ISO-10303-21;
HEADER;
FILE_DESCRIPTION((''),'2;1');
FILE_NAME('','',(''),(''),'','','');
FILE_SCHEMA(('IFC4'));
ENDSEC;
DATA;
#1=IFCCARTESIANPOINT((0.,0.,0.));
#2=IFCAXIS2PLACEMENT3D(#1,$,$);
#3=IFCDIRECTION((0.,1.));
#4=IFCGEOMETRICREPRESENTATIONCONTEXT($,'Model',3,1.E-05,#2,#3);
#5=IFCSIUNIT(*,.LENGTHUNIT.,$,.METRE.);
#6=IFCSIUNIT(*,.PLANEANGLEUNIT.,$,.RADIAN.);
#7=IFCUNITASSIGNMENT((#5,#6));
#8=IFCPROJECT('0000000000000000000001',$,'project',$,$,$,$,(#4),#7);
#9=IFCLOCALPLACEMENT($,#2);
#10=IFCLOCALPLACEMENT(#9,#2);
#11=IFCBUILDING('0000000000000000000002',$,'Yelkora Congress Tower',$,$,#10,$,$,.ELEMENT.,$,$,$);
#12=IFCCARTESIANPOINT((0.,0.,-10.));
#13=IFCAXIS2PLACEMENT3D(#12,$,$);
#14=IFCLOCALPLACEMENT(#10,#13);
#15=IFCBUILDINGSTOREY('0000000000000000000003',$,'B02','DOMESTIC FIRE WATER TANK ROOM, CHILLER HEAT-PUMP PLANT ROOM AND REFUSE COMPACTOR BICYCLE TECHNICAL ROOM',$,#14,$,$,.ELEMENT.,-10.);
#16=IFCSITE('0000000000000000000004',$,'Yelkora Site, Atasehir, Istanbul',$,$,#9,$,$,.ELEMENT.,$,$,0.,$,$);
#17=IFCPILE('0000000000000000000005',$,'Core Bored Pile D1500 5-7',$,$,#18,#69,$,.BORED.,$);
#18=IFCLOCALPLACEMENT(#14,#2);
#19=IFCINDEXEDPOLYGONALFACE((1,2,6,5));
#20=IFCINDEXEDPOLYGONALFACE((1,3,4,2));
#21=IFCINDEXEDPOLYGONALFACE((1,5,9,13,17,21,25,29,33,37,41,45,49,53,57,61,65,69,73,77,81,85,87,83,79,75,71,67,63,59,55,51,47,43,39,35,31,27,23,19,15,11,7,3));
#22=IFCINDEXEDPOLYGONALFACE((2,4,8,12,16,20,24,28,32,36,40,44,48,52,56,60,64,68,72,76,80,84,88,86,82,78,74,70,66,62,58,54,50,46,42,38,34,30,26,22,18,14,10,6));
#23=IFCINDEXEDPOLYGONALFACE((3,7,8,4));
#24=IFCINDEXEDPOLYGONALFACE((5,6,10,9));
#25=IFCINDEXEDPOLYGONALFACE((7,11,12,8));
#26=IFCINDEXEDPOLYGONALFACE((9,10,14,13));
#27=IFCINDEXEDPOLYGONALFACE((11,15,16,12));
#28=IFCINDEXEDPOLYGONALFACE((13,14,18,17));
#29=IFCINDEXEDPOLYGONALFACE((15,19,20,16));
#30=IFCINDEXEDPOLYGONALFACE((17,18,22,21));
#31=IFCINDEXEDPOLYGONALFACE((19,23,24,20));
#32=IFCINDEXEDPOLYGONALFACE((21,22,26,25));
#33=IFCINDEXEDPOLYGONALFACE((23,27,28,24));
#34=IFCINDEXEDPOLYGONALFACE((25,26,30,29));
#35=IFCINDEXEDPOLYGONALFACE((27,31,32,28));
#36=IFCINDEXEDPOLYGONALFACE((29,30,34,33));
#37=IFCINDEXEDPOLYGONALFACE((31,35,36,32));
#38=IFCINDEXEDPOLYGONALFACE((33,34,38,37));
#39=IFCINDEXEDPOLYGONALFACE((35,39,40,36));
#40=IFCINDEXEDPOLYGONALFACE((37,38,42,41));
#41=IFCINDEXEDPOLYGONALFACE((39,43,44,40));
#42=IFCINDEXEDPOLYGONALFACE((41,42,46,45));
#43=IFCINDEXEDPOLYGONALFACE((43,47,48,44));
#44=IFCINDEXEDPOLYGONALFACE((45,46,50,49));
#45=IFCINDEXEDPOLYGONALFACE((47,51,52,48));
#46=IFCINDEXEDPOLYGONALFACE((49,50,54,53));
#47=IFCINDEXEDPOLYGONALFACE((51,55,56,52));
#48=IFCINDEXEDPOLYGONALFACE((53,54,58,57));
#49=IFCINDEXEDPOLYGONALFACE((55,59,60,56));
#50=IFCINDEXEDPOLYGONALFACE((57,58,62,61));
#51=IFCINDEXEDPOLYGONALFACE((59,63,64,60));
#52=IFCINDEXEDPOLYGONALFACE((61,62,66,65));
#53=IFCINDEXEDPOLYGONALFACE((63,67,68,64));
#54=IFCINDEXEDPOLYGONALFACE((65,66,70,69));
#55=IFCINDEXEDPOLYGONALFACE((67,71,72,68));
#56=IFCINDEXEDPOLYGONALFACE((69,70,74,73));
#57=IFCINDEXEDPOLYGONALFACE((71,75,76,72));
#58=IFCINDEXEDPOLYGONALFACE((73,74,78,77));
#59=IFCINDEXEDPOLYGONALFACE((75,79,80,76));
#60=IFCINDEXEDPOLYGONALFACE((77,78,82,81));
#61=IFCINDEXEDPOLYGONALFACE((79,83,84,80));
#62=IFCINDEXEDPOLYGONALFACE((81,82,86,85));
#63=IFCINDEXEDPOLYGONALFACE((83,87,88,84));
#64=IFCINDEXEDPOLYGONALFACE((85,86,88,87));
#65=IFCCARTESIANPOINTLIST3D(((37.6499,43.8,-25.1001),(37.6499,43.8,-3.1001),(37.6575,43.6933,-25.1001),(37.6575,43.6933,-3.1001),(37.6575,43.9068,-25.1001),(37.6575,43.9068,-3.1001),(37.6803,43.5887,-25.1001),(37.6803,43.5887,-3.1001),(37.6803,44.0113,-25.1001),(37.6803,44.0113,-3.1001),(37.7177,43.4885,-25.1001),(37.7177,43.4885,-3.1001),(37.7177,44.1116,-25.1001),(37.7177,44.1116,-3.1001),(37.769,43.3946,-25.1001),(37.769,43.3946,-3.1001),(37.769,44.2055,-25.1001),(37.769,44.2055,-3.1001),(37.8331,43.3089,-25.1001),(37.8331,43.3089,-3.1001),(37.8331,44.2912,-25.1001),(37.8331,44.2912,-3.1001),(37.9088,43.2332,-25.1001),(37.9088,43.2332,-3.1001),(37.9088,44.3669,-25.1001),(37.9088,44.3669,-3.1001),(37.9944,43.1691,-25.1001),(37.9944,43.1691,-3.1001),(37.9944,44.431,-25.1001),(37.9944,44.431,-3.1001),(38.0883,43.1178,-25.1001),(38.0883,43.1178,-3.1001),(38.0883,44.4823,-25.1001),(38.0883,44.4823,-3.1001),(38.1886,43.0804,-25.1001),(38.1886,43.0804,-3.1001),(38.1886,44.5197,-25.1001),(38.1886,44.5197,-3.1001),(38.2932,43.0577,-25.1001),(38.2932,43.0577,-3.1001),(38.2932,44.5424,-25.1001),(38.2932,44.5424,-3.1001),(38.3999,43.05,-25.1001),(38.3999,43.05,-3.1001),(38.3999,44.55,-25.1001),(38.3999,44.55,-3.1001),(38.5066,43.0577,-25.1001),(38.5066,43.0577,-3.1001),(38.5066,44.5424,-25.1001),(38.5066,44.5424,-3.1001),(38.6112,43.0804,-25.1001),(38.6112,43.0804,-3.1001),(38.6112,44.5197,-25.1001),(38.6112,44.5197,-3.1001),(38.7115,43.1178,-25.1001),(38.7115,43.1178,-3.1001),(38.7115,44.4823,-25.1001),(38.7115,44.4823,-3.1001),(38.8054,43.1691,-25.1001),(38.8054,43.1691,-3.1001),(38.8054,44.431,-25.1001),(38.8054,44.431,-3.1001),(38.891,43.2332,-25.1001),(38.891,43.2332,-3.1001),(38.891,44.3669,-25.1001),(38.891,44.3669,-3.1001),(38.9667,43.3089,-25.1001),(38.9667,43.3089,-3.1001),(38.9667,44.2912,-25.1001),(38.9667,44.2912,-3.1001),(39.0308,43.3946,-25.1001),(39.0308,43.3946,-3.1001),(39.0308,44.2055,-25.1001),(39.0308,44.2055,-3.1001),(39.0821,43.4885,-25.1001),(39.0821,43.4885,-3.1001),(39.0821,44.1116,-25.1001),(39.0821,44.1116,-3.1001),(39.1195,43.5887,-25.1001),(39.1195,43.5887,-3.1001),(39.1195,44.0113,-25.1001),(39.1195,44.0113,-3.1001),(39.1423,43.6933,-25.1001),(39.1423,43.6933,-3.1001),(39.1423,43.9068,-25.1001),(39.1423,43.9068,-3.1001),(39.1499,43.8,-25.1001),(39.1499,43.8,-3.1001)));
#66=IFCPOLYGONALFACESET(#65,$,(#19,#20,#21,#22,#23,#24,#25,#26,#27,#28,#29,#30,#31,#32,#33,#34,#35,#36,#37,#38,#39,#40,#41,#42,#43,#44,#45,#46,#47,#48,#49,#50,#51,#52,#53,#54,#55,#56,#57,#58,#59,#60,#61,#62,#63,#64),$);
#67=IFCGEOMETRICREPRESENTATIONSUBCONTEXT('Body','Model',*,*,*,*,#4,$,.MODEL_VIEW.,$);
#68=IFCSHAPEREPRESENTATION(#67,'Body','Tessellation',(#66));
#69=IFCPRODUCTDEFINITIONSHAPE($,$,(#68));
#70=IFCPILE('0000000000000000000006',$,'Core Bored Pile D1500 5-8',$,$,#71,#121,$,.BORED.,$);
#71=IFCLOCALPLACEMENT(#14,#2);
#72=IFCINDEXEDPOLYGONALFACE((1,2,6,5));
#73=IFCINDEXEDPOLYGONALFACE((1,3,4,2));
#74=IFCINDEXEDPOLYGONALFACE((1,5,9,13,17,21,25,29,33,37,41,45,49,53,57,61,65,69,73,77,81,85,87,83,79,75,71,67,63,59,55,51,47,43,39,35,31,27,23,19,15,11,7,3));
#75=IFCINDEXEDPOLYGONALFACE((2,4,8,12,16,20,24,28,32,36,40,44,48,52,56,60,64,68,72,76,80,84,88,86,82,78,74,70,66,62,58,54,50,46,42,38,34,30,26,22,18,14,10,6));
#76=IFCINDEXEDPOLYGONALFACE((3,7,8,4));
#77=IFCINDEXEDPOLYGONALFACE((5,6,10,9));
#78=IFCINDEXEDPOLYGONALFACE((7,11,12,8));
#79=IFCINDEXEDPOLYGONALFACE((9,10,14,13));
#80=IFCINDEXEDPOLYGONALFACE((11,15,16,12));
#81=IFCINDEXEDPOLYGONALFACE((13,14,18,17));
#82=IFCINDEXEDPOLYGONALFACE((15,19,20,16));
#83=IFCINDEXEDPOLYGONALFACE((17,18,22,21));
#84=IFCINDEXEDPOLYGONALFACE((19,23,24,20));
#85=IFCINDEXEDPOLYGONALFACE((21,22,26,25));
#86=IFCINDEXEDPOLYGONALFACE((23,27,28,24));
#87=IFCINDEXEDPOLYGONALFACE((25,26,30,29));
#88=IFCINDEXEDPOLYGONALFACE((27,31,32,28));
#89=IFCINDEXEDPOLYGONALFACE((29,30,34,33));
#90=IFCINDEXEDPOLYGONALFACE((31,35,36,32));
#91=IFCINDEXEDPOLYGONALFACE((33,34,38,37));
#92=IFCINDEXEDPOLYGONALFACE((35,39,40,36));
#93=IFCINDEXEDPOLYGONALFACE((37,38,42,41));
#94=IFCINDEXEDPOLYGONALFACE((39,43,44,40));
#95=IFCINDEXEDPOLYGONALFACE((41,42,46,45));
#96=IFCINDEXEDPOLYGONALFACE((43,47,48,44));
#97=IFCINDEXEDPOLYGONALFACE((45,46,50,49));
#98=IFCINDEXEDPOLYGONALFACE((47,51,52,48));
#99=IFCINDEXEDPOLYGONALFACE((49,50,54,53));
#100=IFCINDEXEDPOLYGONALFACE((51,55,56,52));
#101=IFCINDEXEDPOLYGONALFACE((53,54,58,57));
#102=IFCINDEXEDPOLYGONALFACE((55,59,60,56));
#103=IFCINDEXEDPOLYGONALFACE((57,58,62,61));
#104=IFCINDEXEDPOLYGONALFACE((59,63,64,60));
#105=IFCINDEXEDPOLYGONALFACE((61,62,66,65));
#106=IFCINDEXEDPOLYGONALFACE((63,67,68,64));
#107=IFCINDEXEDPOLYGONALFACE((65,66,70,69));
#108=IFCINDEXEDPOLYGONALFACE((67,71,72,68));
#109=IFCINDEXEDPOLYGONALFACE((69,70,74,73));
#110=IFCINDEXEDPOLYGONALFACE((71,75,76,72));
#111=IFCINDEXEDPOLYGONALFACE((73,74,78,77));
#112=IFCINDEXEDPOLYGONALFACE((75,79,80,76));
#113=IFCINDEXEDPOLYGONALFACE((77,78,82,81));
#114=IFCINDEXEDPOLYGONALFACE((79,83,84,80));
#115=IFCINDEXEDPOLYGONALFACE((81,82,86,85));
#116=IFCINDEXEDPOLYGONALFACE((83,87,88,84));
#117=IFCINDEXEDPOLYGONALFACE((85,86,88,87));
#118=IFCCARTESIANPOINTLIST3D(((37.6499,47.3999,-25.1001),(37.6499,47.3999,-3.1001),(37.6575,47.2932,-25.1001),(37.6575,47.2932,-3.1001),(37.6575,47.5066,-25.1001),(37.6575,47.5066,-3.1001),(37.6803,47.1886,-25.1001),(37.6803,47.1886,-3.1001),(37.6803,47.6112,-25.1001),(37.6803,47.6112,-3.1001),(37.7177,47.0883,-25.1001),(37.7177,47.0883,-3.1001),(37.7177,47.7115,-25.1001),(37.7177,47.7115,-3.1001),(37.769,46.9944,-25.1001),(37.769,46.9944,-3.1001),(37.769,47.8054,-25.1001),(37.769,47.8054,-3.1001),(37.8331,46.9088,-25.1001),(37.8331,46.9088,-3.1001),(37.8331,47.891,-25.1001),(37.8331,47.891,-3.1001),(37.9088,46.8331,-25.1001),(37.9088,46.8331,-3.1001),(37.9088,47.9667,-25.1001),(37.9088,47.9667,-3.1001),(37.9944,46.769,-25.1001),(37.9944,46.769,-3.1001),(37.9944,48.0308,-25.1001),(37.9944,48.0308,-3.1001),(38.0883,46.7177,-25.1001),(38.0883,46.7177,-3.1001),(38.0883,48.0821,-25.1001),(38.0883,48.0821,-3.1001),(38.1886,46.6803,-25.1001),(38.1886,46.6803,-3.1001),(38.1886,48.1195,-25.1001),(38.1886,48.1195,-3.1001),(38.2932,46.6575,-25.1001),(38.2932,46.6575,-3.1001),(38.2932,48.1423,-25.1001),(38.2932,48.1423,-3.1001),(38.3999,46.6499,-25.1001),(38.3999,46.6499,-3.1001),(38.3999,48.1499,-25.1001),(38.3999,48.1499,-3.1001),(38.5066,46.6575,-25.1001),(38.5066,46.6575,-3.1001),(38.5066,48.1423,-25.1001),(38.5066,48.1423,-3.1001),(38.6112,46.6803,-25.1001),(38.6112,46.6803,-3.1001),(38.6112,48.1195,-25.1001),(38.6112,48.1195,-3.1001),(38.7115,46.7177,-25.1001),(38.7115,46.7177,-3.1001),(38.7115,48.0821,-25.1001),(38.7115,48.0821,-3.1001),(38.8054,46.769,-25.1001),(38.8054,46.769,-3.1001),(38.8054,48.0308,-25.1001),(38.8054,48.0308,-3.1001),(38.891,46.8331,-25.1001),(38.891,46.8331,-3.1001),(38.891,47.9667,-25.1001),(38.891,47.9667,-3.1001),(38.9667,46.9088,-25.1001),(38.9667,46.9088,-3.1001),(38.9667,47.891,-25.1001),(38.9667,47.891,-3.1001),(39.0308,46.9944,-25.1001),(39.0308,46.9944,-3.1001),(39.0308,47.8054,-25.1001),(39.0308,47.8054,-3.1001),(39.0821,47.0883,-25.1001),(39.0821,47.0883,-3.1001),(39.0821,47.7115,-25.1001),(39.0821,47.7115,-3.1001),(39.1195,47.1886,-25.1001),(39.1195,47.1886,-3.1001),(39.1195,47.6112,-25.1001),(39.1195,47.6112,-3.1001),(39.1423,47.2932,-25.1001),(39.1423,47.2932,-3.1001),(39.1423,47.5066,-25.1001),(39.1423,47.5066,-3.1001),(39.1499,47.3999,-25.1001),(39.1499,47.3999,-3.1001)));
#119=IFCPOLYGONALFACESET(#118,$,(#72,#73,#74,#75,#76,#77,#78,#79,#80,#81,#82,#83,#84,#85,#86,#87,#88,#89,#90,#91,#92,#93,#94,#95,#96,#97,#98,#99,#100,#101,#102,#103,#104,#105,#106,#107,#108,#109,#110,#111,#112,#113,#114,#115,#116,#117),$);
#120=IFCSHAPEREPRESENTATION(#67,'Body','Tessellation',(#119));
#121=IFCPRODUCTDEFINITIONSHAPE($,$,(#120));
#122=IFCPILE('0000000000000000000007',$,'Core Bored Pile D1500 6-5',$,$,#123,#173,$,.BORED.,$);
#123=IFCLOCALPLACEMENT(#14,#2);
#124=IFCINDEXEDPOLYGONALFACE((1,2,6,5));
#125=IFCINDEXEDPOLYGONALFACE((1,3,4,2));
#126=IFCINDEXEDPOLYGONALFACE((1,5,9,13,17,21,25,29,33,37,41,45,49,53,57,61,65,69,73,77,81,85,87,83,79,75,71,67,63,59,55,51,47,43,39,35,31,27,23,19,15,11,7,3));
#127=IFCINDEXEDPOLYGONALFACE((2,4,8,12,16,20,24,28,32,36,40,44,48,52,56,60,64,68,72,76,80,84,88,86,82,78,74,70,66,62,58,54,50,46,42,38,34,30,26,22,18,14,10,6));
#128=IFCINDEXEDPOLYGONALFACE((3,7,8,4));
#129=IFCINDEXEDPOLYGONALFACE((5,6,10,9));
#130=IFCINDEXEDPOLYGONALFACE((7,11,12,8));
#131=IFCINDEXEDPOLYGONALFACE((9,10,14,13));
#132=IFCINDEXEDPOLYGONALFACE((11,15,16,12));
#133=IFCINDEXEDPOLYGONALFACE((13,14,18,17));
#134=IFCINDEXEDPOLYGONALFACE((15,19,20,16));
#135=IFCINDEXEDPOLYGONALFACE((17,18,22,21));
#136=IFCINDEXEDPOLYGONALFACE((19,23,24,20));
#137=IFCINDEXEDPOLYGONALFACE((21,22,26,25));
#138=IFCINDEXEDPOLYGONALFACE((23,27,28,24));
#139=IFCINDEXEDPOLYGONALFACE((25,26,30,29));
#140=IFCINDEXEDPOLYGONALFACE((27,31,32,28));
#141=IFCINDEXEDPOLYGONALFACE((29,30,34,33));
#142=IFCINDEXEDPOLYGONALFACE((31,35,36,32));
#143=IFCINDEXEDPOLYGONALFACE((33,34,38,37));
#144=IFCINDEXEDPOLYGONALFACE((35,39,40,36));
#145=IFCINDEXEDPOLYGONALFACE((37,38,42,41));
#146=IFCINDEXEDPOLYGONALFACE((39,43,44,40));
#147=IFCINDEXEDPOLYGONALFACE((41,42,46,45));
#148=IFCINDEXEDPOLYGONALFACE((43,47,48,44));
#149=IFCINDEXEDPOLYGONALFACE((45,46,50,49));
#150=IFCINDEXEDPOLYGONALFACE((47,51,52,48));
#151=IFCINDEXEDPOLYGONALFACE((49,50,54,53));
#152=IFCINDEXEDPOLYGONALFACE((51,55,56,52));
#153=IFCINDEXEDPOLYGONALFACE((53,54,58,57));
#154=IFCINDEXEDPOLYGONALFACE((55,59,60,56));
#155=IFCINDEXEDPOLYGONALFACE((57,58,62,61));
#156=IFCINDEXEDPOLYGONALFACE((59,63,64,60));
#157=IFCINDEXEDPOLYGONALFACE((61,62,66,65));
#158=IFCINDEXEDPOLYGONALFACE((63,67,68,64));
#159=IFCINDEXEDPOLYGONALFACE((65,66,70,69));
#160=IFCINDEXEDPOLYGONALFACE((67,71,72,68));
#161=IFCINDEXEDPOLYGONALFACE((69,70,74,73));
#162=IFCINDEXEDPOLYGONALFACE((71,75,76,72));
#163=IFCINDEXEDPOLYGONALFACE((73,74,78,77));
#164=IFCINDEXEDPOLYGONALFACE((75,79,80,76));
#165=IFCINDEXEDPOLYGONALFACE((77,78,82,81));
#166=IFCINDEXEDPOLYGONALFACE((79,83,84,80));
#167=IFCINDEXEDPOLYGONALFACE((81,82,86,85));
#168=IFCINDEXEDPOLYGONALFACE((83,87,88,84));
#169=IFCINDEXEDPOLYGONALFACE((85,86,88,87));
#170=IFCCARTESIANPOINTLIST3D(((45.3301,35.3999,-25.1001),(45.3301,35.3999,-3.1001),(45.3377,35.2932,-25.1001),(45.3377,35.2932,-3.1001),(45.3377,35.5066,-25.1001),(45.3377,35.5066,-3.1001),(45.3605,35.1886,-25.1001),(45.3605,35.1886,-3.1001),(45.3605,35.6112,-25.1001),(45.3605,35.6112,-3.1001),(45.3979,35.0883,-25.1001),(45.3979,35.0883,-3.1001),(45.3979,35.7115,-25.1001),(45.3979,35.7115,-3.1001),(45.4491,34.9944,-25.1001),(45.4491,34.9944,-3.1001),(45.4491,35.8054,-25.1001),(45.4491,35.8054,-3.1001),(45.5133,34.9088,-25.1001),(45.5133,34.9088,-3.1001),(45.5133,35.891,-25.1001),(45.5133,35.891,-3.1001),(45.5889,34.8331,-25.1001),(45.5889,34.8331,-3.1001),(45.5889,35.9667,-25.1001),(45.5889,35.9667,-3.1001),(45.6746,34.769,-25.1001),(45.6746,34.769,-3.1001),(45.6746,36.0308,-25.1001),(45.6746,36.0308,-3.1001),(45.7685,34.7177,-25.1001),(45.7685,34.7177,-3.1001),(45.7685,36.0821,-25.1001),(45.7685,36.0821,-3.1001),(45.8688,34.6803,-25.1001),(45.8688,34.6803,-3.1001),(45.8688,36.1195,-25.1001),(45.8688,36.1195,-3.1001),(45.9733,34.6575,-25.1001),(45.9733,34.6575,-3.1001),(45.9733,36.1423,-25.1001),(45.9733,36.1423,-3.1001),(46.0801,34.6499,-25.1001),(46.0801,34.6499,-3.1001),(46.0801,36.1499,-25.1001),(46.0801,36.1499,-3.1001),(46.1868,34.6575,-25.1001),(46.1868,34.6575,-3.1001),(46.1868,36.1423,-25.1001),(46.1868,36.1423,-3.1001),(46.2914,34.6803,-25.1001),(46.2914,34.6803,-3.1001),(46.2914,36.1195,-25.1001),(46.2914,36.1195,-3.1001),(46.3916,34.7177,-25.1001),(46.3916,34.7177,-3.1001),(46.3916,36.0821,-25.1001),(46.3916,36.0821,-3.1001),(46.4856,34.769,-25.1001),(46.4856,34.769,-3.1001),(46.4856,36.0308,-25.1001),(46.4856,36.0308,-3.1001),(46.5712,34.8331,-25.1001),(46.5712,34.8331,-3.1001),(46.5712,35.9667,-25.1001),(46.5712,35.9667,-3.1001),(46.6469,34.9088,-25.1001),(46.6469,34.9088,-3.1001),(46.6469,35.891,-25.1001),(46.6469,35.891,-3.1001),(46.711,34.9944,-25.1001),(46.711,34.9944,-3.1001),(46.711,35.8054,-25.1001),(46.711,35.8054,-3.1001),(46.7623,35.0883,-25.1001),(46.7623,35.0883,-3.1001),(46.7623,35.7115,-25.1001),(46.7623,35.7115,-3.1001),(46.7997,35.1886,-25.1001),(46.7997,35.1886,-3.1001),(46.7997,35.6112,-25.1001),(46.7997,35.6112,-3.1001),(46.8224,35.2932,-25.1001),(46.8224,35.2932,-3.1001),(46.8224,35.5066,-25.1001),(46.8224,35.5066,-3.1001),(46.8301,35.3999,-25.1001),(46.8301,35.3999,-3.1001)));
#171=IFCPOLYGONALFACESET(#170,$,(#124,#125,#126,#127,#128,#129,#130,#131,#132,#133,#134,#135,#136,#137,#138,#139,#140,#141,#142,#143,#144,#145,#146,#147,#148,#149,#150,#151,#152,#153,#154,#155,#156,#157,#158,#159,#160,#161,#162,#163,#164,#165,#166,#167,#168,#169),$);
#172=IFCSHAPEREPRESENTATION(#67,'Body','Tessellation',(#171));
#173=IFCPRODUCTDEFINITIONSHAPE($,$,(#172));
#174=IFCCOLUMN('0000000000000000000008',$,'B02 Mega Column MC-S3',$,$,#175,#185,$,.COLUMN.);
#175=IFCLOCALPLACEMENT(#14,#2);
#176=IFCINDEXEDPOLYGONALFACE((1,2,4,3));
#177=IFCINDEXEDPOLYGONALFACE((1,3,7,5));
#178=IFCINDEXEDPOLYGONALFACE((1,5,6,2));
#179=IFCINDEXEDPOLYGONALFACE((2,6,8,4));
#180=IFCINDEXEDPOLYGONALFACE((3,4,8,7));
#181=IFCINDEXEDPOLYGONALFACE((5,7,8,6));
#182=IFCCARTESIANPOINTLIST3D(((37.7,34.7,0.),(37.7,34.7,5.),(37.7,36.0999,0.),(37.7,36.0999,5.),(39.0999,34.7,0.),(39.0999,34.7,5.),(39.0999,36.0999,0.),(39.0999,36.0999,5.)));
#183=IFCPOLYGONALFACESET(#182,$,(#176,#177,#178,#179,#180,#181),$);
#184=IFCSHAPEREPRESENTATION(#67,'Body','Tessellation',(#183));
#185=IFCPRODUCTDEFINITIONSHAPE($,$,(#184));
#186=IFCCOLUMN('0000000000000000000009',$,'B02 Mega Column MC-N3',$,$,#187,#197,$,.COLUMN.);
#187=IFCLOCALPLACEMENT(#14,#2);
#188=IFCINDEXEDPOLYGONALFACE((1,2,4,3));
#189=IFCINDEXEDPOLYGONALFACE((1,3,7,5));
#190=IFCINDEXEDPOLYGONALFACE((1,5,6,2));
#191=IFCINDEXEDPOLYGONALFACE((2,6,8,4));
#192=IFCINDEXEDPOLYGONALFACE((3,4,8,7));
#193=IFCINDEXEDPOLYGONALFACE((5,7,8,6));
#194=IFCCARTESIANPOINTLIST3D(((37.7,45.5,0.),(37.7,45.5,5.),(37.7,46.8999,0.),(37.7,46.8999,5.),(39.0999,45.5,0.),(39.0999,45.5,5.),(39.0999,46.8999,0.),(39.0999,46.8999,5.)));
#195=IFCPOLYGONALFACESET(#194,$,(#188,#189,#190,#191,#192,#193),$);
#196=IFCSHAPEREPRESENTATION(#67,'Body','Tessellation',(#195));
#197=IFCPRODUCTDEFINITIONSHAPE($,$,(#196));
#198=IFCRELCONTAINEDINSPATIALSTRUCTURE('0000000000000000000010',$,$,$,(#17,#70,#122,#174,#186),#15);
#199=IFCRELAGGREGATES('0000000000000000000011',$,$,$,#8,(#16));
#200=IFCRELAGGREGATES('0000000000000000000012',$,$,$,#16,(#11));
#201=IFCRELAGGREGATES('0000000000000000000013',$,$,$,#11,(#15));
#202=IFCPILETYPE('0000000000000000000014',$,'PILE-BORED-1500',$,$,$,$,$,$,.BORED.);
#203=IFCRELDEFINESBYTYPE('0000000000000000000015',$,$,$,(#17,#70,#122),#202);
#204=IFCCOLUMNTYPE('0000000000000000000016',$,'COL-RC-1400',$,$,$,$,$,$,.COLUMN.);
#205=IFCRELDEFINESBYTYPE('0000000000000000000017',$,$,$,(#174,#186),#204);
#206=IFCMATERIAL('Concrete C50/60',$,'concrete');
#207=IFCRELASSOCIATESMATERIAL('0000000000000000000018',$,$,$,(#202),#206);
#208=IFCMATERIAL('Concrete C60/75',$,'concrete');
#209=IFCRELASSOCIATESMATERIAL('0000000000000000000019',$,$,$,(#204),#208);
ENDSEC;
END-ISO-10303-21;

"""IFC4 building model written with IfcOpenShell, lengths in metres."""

from ifc_helpers import new_model, si_unit, direction, frame, origin, origin_2d, place, context, subcontext, project, spatial, rectangle, circle, extrude, material, material_profile, profile_set, type_object, element, save


model = new_model("IFC4")

# Units and contexts
model_context = context("Model", 3, precision=1e-05, world=origin(), true_north=direction((0.0, 1.0)))
body_context = subcontext(model_context, "Body", "Model", "MODEL_VIEW")
ifc_project = project(units=[si_unit("LENGTHUNIT", "METRE"), si_unit("PLANEANGLEUNIT", "RADIAN")], contexts=[model_context])

# Site, building, storey
site_placement = place(None, origin())
site = spatial("IfcSite", under=ifc_project, at=site_placement, Name="Yelkora Site, Atasehir, Istanbul", CompositionType="ELEMENT", RefElevation=0.0)
building_placement = place(site_placement, origin())
building = spatial("IfcBuilding", under=site, at=building_placement, Name="Yelkora Congress Tower", CompositionType="ELEMENT")
storey_placement = place(building_placement, frame((0.0, 0.0, -10.0)))
storey = spatial("IfcBuildingStorey", under=building, at=storey_placement, Name="B02", Description="DOMESTIC FIRE WATER TANK ROOM, CHILLER HEAT-PUMP PLANT ROOM AND REFUSE COMPACTOR BICYCLE TECHNICAL ROOM", CompositionType="ELEMENT", Elevation=-10.0)

# Piles
ifc_material_1 = material(Name="Concrete C50/60", Category="concrete")
ifc_material_profile_1 = material_profile(ifc_material_1, circle(Radius=0.75, at=origin_2d()), Name="PILE D1500")
ifc_profile_set_1 = profile_set([ifc_material_profile_1], Name="Concrete C50/60")
pile_type = type_object("IfcPileType", Name="PILE-BORED-1500", PredefinedType="BORED", material=ifc_profile_set_1)
for number, where, z_axis, x_axis, name in (
    (1, (38.3999, 43.8, -3.1001), (0.0, 0.0, -1.0), (1.0, 0.0, 0.0), "Core Bored Pile D1500 5-7"),
    (2, (38.3999, 47.3999, -3.1001), (0.0, 0.0, -1.0), (1.0, 0.0, 0.0), "Core Bored Pile D1500 5-8"),
    (3, (46.0801, 35.3999, -3.1001), (0.0, 0.0, -1.0), (1.0, 0.0, 0.0), "Core Bored Pile D1500 6-5"),
):
    element("IfcPile", number, at=place(storey_placement, frame(where, z_axis=z_axis, x_axis=x_axis)), inside=storey, type_object=pile_type, Name=name, PredefinedType="BORED", context=body_context, shape_type="SweptSolid", body=[
        extrude(circle(Radius=0.75, at=origin_2d()), origin(), (0.0, 0.0, 1.0), 22.0),
    ])

# Columns
ifc_material_2 = material(Name="Concrete C60/75", Category="concrete")
ifc_material_profile_2 = material_profile(ifc_material_2, rectangle(XDim=1.3999, YDim=1.3999, at=origin_2d()), Name="RC 1400x1400")
ifc_profile_set_2 = profile_set([ifc_material_profile_2], Name="Concrete C60/75")
column_type = type_object("IfcColumnType", Name="COL-RC-1400", PredefinedType="COLUMN", material=ifc_profile_set_2)
for number, where, z_axis, x_axis, name in (
    (4, (38.3999, 35.3999, 0.0), (0.0, 0.0, 1.0), (1.0, 0.0, 0.0), "B02 Mega Column MC-S3"),
    (5, (38.3999, 46.2, 0.0), (0.0, 0.0, 1.0), (1.0, 0.0, 0.0), "B02 Mega Column MC-N3"),
):
    element("IfcColumn", number, at=place(storey_placement, frame(where, z_axis=z_axis, x_axis=x_axis)), inside=storey, type_object=column_type, Name=name, PredefinedType="COLUMN", context=body_context, shape_type="SweptSolid", body=[
        extrude(rectangle(XDim=1.3999, YDim=1.3999, at=origin_2d()), origin(), (0.0, 0.0, 1.0), 5.0),
    ])

save(model, "model.ifc")
